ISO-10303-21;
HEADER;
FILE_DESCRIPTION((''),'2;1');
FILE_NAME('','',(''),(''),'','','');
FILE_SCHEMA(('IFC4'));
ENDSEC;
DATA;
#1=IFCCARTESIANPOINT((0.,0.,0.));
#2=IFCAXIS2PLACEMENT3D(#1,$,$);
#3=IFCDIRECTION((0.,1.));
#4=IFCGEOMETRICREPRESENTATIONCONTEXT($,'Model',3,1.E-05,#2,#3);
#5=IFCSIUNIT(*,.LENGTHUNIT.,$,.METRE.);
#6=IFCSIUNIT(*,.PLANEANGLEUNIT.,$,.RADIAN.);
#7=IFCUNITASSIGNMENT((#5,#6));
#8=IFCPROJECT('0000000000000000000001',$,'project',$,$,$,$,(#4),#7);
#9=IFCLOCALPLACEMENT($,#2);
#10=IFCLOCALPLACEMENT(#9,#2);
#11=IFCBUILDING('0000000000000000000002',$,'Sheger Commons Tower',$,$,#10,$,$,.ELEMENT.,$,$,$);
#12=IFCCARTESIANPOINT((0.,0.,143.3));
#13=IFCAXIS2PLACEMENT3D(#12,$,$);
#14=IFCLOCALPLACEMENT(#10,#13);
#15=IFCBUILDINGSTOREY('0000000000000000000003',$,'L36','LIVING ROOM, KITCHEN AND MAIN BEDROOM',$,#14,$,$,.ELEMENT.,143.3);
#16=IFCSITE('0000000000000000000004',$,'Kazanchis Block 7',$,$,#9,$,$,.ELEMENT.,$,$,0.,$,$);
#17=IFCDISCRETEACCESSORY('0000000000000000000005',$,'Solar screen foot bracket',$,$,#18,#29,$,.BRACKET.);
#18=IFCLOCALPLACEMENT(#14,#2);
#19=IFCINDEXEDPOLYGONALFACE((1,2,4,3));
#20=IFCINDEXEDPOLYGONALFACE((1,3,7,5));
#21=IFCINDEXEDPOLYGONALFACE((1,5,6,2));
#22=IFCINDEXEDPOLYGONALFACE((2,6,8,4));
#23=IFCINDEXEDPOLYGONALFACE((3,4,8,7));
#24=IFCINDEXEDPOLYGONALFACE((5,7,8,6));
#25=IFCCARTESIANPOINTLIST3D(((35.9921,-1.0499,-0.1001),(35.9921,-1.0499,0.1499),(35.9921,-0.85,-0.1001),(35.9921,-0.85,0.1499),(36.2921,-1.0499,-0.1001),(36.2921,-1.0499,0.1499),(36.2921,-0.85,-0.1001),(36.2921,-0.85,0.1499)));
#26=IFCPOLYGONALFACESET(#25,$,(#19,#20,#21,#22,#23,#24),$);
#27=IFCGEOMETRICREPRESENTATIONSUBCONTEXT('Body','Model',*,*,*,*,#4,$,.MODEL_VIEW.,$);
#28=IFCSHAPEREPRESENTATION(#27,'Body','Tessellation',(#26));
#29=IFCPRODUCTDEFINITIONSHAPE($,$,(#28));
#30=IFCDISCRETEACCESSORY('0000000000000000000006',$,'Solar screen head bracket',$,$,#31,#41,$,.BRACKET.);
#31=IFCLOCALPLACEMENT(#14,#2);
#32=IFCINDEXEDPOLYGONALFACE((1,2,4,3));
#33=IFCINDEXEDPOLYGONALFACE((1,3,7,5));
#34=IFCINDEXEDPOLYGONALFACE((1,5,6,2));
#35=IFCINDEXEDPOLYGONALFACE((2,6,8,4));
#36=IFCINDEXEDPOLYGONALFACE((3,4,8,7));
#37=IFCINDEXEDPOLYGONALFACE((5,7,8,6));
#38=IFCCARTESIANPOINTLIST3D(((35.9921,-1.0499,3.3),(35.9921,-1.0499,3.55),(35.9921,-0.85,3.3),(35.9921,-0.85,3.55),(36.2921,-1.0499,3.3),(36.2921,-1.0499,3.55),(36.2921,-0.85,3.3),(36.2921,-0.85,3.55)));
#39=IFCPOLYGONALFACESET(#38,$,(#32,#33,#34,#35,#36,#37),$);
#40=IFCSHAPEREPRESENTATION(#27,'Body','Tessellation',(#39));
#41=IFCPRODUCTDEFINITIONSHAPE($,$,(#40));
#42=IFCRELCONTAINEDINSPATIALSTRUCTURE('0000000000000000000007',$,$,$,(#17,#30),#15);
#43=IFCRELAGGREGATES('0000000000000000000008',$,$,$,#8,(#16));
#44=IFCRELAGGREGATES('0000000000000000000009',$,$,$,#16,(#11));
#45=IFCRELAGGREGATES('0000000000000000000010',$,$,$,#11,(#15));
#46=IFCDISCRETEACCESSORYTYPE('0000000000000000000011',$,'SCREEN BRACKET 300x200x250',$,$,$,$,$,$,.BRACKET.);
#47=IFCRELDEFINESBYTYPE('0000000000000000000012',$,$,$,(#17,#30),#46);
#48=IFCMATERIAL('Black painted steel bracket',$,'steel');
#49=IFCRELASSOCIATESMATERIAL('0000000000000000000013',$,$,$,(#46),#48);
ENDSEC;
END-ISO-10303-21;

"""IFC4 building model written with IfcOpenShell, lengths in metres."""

from ifc_helpers import new_model, si_unit, direction, frame, origin, origin_2d, place, context, subcontext, project, spatial, rectangle, extrude, material, type_object, element, save


model = new_model("IFC4")

# Units and contexts
model_context = context("Model", 3, precision=1e-05, world=origin(), true_north=direction((0.0, 1.0)))
body_context = subcontext(model_context, "Body", "Model", "MODEL_VIEW")
ifc_project = project(units=[si_unit("LENGTHUNIT", "METRE"), si_unit("PLANEANGLEUNIT", "RADIAN")], contexts=[model_context])

# Site, building, storey
site_placement = place(None, origin())
site = spatial("IfcSite", under=ifc_project, at=site_placement, Name="Kazanchis Block 7", CompositionType="ELEMENT", RefElevation=0.0)
building_placement = place(site_placement, origin())
building = spatial("IfcBuilding", under=site, at=building_placement, Name="Sheger Commons Tower", CompositionType="ELEMENT")
storey_placement = place(building_placement, frame((0.0, 0.0, 143.3)))
storey = spatial("IfcBuildingStorey", under=building, at=storey_placement, Name="L36", Description="LIVING ROOM, KITCHEN AND MAIN BEDROOM", CompositionType="ELEMENT", Elevation=143.3)

# Discrete accessories
ifc_material_1 = material(Name="Black painted steel bracket", Category="steel")
discrete_accessory_type = type_object("IfcDiscreteAccessoryType", Name="SCREEN BRACKET 300x200x250", PredefinedType="BRACKET", material=ifc_material_1)
for number, where, z_axis, x_axis, name in (
    (1, (36.1421, -0.95, -0.1001), (0.0, 0.0, 1.0), (1.0, 0.0, 0.0), "Solar screen foot bracket"),
    (2, (36.1421, -0.95, 3.3), (0.0, 0.0, 1.0), (1.0, 0.0, 0.0), "Solar screen head bracket"),
):
    element("IfcDiscreteAccessory", number, at=place(storey_placement, frame(where, z_axis=z_axis, x_axis=x_axis)), inside=storey, type_object=discrete_accessory_type, Name=name, PredefinedType="BRACKET", context=body_context, shape_type="SweptSolid", body=[
        extrude(rectangle(XDim=0.3, YDim=0.2, at=origin_2d()), origin(), (0.0, 0.0, 1.0), 0.25),
    ])

save(model, "model.ifc")
